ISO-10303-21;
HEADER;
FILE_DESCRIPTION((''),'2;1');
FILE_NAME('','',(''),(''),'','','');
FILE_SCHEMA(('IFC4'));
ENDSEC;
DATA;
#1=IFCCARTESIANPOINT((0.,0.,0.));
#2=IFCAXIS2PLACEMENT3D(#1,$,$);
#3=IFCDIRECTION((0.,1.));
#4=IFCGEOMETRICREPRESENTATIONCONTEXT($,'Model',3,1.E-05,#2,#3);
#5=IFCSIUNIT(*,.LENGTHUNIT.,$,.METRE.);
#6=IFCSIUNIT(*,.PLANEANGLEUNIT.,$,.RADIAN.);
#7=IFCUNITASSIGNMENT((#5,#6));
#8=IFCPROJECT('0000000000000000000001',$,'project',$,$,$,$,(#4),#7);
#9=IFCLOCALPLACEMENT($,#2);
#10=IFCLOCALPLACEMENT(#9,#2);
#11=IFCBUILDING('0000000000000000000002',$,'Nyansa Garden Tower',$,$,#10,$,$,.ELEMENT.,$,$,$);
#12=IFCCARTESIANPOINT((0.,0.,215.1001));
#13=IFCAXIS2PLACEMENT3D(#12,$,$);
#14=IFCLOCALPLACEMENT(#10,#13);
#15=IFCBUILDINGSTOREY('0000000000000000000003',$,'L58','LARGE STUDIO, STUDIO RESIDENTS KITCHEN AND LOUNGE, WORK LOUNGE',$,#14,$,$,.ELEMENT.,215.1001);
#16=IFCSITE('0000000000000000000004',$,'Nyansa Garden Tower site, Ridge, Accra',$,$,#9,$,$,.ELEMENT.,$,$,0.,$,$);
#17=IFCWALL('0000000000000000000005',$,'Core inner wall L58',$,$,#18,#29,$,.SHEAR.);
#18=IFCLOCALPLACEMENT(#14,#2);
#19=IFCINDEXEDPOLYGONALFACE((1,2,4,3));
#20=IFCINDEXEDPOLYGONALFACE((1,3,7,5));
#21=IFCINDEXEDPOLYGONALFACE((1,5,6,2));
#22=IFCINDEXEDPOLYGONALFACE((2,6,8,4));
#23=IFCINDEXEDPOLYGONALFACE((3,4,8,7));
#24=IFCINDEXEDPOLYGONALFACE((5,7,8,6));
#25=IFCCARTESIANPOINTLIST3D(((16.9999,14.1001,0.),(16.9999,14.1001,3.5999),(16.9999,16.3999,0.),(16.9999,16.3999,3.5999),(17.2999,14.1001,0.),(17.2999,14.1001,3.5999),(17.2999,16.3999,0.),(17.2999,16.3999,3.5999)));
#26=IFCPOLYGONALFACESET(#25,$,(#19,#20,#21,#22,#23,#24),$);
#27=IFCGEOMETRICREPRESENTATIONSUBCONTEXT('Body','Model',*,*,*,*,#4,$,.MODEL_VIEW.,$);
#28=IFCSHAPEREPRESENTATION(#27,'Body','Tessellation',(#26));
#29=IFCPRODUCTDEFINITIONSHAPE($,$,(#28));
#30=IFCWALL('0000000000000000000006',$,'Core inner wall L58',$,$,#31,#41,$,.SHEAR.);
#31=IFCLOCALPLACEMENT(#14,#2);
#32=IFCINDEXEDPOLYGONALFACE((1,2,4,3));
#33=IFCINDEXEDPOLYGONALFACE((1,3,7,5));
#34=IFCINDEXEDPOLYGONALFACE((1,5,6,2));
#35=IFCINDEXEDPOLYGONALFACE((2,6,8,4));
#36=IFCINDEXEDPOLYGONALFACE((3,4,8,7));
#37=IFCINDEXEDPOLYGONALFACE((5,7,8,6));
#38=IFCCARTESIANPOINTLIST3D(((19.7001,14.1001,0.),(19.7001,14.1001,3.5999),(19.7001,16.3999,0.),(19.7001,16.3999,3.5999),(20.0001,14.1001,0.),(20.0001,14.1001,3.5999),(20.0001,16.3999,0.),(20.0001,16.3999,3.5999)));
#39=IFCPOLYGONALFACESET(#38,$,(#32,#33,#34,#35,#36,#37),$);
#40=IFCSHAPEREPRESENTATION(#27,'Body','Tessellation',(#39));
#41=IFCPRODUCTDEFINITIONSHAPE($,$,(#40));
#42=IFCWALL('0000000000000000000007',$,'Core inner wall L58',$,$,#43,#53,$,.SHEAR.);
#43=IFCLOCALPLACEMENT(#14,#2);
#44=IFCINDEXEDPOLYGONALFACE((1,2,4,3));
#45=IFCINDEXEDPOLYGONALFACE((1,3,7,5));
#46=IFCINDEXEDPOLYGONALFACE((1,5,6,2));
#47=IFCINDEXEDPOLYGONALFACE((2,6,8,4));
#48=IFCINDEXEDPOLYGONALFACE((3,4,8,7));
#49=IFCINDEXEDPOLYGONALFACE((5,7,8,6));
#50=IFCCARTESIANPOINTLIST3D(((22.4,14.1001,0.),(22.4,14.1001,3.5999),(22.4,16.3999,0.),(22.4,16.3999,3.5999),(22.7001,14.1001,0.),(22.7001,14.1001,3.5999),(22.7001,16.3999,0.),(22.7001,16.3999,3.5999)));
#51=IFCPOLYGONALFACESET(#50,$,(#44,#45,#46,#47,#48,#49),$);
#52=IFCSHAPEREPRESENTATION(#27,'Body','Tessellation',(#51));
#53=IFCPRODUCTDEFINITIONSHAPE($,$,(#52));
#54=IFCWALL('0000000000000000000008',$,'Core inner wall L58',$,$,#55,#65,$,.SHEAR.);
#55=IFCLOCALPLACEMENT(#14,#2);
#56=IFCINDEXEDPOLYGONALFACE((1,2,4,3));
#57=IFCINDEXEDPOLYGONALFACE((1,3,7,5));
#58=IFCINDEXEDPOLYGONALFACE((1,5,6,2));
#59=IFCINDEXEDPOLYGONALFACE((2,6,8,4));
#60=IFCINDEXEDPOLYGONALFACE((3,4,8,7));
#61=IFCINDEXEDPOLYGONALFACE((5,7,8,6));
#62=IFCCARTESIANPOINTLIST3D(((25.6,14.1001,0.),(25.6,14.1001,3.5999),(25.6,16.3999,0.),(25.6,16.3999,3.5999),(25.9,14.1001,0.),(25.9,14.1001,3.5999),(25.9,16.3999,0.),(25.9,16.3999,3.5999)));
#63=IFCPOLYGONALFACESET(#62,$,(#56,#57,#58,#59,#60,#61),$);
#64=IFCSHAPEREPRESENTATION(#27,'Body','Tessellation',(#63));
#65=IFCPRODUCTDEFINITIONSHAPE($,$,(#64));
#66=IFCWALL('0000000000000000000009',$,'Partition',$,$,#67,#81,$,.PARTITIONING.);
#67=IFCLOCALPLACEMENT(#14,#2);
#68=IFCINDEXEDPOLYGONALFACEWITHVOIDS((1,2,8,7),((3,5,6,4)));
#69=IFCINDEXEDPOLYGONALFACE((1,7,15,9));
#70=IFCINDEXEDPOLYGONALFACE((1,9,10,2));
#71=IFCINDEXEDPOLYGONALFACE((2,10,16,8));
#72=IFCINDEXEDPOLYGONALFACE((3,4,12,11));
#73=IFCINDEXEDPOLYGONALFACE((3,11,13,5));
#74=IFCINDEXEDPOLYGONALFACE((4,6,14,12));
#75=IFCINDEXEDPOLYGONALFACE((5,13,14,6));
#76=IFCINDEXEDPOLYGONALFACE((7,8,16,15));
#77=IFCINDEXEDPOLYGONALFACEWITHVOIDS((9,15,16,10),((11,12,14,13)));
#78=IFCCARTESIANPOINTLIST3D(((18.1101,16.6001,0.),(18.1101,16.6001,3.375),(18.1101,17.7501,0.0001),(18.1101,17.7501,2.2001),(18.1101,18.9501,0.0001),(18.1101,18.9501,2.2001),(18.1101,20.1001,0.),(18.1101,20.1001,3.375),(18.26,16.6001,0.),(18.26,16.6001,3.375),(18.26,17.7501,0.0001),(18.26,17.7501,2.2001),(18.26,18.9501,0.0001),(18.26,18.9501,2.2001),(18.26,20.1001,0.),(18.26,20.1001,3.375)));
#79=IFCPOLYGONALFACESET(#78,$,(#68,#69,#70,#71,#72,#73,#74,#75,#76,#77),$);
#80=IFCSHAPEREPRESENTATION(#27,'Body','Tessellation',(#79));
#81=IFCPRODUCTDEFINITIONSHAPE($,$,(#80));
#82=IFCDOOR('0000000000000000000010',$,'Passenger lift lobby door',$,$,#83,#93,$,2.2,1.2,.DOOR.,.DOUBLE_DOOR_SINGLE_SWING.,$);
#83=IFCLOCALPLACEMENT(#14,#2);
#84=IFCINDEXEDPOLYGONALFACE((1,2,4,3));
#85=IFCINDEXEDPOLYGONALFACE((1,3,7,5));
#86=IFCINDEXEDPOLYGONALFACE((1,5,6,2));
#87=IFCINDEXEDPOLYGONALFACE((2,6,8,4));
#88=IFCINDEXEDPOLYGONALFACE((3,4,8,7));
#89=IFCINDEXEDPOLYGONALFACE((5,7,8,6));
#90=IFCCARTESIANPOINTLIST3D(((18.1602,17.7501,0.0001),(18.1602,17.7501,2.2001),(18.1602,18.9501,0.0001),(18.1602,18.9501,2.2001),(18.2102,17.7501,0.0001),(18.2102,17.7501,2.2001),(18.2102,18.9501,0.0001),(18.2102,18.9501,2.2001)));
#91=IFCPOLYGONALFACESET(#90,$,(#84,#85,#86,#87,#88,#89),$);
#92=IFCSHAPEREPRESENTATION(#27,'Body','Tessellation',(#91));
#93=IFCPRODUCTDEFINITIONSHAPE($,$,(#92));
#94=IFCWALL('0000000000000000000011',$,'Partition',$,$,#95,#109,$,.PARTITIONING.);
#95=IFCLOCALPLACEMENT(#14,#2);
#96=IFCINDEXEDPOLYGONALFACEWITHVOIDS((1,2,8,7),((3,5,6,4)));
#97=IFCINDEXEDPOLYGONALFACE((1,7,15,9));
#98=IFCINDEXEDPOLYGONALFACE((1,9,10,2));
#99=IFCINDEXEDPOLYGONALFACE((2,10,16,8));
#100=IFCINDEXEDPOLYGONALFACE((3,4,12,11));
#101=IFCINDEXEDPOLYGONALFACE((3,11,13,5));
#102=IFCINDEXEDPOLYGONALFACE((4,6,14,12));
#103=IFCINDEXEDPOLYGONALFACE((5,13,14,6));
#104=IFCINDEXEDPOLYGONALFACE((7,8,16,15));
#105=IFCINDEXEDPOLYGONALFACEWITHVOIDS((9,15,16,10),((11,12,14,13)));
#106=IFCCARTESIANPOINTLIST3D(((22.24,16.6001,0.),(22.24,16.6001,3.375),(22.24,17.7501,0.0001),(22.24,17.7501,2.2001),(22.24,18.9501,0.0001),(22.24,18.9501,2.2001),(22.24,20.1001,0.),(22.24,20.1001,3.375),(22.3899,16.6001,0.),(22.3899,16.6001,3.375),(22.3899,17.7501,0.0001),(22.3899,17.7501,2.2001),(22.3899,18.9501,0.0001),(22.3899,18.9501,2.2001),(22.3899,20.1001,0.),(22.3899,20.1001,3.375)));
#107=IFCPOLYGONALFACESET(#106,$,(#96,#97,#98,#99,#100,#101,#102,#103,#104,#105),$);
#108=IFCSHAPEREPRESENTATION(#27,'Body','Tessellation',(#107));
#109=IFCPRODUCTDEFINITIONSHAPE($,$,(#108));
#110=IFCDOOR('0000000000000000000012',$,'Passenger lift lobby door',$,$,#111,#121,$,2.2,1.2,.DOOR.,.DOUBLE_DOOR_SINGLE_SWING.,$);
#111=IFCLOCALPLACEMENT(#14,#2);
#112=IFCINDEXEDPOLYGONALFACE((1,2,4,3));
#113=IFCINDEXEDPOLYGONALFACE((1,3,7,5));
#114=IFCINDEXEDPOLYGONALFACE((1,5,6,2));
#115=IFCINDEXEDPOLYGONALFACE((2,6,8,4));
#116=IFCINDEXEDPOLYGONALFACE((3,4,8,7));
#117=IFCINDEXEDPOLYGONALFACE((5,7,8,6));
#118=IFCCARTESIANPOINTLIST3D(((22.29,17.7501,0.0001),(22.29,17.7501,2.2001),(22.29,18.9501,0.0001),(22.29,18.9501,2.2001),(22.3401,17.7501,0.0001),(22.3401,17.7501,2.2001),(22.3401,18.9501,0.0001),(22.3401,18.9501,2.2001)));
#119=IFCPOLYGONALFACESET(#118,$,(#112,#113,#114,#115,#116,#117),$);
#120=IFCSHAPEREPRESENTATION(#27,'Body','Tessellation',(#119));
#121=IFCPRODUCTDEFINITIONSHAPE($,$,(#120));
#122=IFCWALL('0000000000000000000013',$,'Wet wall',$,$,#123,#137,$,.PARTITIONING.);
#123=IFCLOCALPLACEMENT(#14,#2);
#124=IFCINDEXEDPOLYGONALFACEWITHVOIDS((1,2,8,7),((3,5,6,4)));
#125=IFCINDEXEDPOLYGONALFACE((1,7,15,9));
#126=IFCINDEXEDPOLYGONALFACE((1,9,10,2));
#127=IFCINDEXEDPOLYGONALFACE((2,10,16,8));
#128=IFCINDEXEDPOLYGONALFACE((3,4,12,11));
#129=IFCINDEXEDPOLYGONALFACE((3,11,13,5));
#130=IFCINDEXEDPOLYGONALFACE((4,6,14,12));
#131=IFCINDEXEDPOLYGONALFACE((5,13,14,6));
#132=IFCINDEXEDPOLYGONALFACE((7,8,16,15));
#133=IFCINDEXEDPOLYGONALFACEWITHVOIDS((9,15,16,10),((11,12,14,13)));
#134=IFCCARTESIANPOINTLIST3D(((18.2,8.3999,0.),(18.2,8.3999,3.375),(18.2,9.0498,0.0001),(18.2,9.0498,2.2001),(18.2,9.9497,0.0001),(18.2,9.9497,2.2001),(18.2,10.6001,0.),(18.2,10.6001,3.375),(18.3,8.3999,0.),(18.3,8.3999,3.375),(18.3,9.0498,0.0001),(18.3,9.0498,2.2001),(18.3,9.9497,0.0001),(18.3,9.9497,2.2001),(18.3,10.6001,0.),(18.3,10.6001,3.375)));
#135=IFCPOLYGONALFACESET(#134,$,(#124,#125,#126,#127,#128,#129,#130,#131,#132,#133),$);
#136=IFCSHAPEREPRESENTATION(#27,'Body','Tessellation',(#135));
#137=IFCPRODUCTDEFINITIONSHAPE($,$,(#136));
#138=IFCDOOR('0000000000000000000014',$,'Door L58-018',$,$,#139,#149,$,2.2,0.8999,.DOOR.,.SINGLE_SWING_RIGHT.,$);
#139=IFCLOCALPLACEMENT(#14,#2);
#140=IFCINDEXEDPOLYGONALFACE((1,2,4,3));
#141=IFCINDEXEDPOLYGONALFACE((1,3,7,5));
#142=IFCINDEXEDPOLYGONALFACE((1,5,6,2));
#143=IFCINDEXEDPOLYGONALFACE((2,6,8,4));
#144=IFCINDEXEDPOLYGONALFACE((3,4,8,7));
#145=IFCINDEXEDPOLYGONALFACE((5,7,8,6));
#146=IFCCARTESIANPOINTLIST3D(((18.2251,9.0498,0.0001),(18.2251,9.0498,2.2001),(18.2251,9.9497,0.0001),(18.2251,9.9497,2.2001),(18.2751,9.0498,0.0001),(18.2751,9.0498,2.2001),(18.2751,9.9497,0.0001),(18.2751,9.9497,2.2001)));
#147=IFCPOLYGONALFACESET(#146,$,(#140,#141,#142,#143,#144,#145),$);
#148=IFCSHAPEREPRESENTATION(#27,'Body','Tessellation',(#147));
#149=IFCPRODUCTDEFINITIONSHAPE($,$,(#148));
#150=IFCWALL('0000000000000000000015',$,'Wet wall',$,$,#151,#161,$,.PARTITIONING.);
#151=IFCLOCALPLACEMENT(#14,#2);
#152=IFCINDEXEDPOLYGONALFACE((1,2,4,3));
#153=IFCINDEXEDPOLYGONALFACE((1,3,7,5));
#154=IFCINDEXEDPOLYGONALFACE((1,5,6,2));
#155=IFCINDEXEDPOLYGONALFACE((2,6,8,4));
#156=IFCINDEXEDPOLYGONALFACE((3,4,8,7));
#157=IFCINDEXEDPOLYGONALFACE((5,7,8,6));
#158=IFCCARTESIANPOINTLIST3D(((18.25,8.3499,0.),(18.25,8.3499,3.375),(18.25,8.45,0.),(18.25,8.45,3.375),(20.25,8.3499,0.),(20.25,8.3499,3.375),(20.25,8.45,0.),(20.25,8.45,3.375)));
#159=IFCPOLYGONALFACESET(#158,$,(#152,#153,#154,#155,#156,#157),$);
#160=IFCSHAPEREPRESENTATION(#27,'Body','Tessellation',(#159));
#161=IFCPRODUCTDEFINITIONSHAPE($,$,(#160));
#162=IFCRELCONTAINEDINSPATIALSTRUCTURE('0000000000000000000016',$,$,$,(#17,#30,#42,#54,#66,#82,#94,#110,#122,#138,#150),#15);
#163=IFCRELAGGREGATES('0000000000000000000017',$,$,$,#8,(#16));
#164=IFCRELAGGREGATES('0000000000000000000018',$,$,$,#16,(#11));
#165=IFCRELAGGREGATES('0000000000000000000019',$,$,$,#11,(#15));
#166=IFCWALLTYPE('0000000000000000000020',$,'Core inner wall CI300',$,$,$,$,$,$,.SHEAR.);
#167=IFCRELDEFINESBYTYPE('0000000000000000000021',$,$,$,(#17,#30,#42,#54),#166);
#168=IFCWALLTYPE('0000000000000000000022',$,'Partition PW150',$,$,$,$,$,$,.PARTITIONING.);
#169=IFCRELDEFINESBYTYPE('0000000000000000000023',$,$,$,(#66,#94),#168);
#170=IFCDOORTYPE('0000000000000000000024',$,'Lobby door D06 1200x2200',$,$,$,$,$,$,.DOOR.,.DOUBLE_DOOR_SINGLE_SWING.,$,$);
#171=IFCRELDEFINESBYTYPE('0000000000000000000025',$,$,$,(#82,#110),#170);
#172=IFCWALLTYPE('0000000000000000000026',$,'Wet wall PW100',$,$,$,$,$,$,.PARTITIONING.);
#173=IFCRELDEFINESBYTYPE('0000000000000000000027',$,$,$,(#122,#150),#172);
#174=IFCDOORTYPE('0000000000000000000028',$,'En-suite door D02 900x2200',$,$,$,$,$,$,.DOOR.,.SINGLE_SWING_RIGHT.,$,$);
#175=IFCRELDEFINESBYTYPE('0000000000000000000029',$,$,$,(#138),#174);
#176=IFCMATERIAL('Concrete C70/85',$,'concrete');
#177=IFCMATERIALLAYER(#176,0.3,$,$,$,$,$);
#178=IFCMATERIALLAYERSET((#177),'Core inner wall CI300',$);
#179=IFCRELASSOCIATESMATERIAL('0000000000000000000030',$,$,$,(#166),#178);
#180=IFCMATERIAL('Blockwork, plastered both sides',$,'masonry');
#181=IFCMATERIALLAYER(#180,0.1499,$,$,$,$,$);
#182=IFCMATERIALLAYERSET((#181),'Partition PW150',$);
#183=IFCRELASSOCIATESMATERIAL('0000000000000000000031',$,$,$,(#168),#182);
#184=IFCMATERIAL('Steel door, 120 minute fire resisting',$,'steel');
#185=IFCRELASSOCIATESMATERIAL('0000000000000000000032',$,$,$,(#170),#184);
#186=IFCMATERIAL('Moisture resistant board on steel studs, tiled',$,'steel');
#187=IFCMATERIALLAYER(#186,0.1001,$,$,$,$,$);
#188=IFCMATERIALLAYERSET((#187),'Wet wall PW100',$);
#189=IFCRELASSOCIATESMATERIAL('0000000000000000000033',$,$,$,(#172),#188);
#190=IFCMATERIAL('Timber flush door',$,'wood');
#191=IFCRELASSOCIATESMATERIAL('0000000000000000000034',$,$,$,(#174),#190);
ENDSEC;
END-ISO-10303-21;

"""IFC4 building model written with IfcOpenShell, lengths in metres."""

from ifc_helpers import new_model, si_unit, direction, frame, frame_2d, origin, place, context, subcontext, project, spatial, rectangle, extrude, material, layer, layer_set, type_object, element, fill, save


model = new_model("IFC4")

# Units and contexts
model_context = context("Model", 3, precision=1e-05, world=origin(), true_north=direction((0.0, 1.0)))
body_context = subcontext(model_context, "Body", "Model", "MODEL_VIEW")
ifc_project = project(units=[si_unit("LENGTHUNIT", "METRE"), si_unit("PLANEANGLEUNIT", "RADIAN")], contexts=[model_context])

# Site, building, storey
site_placement = place(None, origin())
site = spatial("IfcSite", under=ifc_project, at=site_placement, Name="Nyansa Garden Tower site, Ridge, Accra", CompositionType="ELEMENT", RefElevation=0.0)
building_placement = place(site_placement, origin())
building = spatial("IfcBuilding", under=site, at=building_placement, Name="Nyansa Garden Tower", CompositionType="ELEMENT")
storey_placement = place(building_placement, frame((0.0, 0.0, 215.1001)))
storey = spatial("IfcBuildingStorey", under=building, at=storey_placement, Name="L58", Description="LARGE STUDIO, STUDIO RESIDENTS KITCHEN AND LOUNGE, WORK LOUNGE", CompositionType="ELEMENT", Elevation=215.1001)

# Walls
ifc_material_1 = material(Name="Concrete C70/85", Category="concrete")
ifc_layer_1 = layer(ifc_material_1, 0.3)
ifc_layer_set_1 = layer_set([ifc_layer_1], Name="Core inner wall CI300")
wall_type_1 = type_object("IfcWallType", Name="Core inner wall CI300", PredefinedType="SHEAR", material=ifc_layer_set_1)
for number, where, z_axis, x_axis, name in (
    (1, (17.1499, 14.1001, 0.0), (0.0, 0.0, 1.0), (0.0, 1.0, 0.0), "Core inner wall L58"),
    (2, (19.8501, 14.1001, 0.0), (0.0, 0.0, 1.0), (0.0, 1.0, 0.0), "Core inner wall L58"),
    (3, (22.55, 14.1001, 0.0), (0.0, 0.0, 1.0), (0.0, 1.0, 0.0), "Core inner wall L58"),
    (4, (25.75, 14.1001, 0.0), (0.0, 0.0, 1.0), (0.0, 1.0, 0.0), "Core inner wall L58"),
):
    element("IfcWall", number, at=place(storey_placement, frame(where, z_axis=z_axis, x_axis=x_axis)), inside=storey, type_object=wall_type_1, Name=name, PredefinedType="SHEAR", context=body_context, shape_type="SweptSolid", body=[
        extrude(rectangle(XDim=2.2998, YDim=0.3, at=frame_2d((1.1499, 0.0))), origin(), (0.0, 0.0, 1.0), 3.5999),
    ])

# Walls, openings, doors
ifc_material_2 = material(Name="Blockwork, plastered both sides", Category="masonry")
ifc_layer_2 = layer(ifc_material_2, 0.1499)
ifc_layer_set_2 = layer_set([ifc_layer_2], Name="Partition PW150")
wall_type_2 = type_object("IfcWallType", Name="Partition PW150", PredefinedType="PARTITIONING", material=ifc_layer_set_2)
wall_1_placement = place(storey_placement, frame((18.1851, 16.6001, 0.0), z_axis=(0.0, 0.0, 1.0), x_axis=(0.0, 1.0, 0.0)))
wall_1 = element("IfcWall", 5, at=wall_1_placement, inside=storey, type_object=wall_type_2, Name="Partition", PredefinedType="PARTITIONING", context=body_context, shape_type="SweptSolid", body=[
    extrude(rectangle(XDim=3.5, YDim=0.1499, at=frame_2d((1.75, 0.0))), origin(), (0.0, 0.0, 1.0), 3.375),
])
opening_1_placement = place(wall_1_placement, frame((1.1499, 0.0, 0.0)))
opening_1 = element("IfcOpeningElement", 6, at=opening_1_placement, cuts=wall_1, PredefinedType="OPENING", context=body_context, shape_type="SweptSolid", body=[
    extrude(rectangle(XDim=1.2, YDim=2.2, at=frame_2d((0.6001, 1.1001))), frame((0.0, 0.085, 0.0), z_axis=(0.0, -1.0, 0.0), x_axis=(1.0, 0.0, 0.0)), (0.0, 0.0, 1.0), 0.1699),
])
ifc_material_3 = material(Name="Steel door, 120 minute fire resisting", Category="steel")
door_type_1 = type_object("IfcDoorType", Name="Lobby door D06 1200x2200", OperationType="DOUBLE_DOOR_SINGLE_SWING", PredefinedType="DOOR", material=ifc_material_3)
door_1_placement = place(opening_1_placement, origin())
door_1 = element("IfcDoor", 7, at=door_1_placement, inside=storey, type_object=door_type_1, Name="Passenger lift lobby door", OperationType="DOUBLE_DOOR_SINGLE_SWING", OverallHeight=2.2, OverallWidth=1.2, PredefinedType="DOOR", context=body_context, shape_type="SweptSolid", body=[
    extrude(rectangle(XDim=1.2, YDim=2.2, at=frame_2d((0.6001, 1.1001))), frame((0.0, 0.0249, 0.0), z_axis=(0.0, -1.0, 0.0), x_axis=(1.0, 0.0, 0.0)), (0.0, 0.0, 1.0), 0.05),
])
fill(opening_1, door_1)
wall_2_placement = place(storey_placement, frame((22.3149, 16.6001, 0.0), z_axis=(0.0, 0.0, 1.0), x_axis=(0.0, 1.0, 0.0)))
wall_2 = element("IfcWall", 8, at=wall_2_placement, inside=storey, type_object=wall_type_2, Name="Partition", PredefinedType="PARTITIONING", context=body_context, shape_type="SweptSolid", body=[
    extrude(rectangle(XDim=3.5, YDim=0.1499, at=frame_2d((1.75, 0.0))), origin(), (0.0, 0.0, 1.0), 3.375),
])
opening_2_placement = place(wall_2_placement, frame((1.1499, 0.0, 0.0)))
opening_2 = element("IfcOpeningElement", 9, at=opening_2_placement, cuts=wall_2, PredefinedType="OPENING", context=body_context, shape_type="SweptSolid", body=[
    extrude(rectangle(XDim=1.2, YDim=2.2, at=frame_2d((0.6001, 1.1001))), frame((0.0, 0.085, 0.0), z_axis=(0.0, -1.0, 0.0), x_axis=(1.0, 0.0, 0.0)), (0.0, 0.0, 1.0), 0.1699),
])
door_2_placement = place(opening_2_placement, origin())
door_2 = element("IfcDoor", 10, at=door_2_placement, inside=storey, type_object=door_type_1, Name="Passenger lift lobby door", OperationType="DOUBLE_DOOR_SINGLE_SWING", OverallHeight=2.2, OverallWidth=1.2, PredefinedType="DOOR", context=body_context, shape_type="SweptSolid", body=[
    extrude(rectangle(XDim=1.2, YDim=2.2, at=frame_2d((0.6001, 1.1001))), frame((0.0, 0.0249, 0.0), z_axis=(0.0, -1.0, 0.0), x_axis=(1.0, 0.0, 0.0)), (0.0, 0.0, 1.0), 0.05),
])
fill(opening_2, door_2)
ifc_material_4 = material(Name="Moisture resistant board on steel studs, tiled", Category="steel")
ifc_layer_3 = layer(ifc_material_4, 0.1001)
ifc_layer_set_3 = layer_set([ifc_layer_3], Name="Wet wall PW100")
wall_type_3 = type_object("IfcWallType", Name="Wet wall PW100", PredefinedType="PARTITIONING", material=ifc_layer_set_3)
wall_3_placement = place(storey_placement, frame((18.25, 8.3999, 0.0), z_axis=(0.0, 0.0, 1.0), x_axis=(0.0, 1.0, 0.0)))
wall_3 = element("IfcWall", 11, at=wall_3_placement, inside=storey, type_object=wall_type_3, Name="Wet wall", PredefinedType="PARTITIONING", context=body_context, shape_type="SweptSolid", body=[
    extrude(rectangle(XDim=2.2002, YDim=0.1001, at=frame_2d((1.1001, 0.0))), origin(), (0.0, 0.0, 1.0), 3.375),
])
opening_3_placement = place(wall_3_placement, frame((0.6499, 0.0, 0.0)))
opening_3 = element("IfcOpeningElement", 12, at=opening_3_placement, cuts=wall_3, PredefinedType="OPENING", context=body_context, shape_type="SweptSolid", body=[
    extrude(rectangle(XDim=0.8999, YDim=2.2, at=frame_2d((0.45, 1.1001))), frame((0.0, 0.0601, 0.0), z_axis=(0.0, -1.0, 0.0), x_axis=(1.0, 0.0, 0.0)), (0.0, 0.0, 1.0), 0.1201),
])
ifc_material_5 = material(Name="Timber flush door", Category="wood")
door_type_2 = type_object("IfcDoorType", Name="En-suite door D02 900x2200", OperationType="SINGLE_SWING_RIGHT", PredefinedType="DOOR", material=ifc_material_5)
door_3_placement = place(opening_3_placement, origin())
door_3 = element("IfcDoor", 13, at=door_3_placement, inside=storey, type_object=door_type_2, Name="Door L58-018", OperationType="SINGLE_SWING_RIGHT", OverallHeight=2.2, OverallWidth=0.8999, PredefinedType="DOOR", context=body_context, shape_type="SweptSolid", body=[
    extrude(rectangle(XDim=0.8999, YDim=2.2, at=frame_2d((0.45, 1.1001))), frame((0.0, 0.0249, 0.0), z_axis=(0.0, -1.0, 0.0), x_axis=(1.0, 0.0, 0.0)), (0.0, 0.0, 1.0), 0.05),
])
fill(opening_3, door_3)

# Wall
wall_4_placement = place(storey_placement, frame((18.25, 8.3999, 0.0), z_axis=(0.0, 0.0, 1.0), x_axis=(1.0, 0.0, 0.0)))
element("IfcWall", 14, at=wall_4_placement, inside=storey, type_object=wall_type_3, Name="Wet wall", PredefinedType="PARTITIONING", context=body_context, shape_type="SweptSolid", body=[
    extrude(rectangle(XDim=2.0, YDim=0.1001, at=frame_2d((1.0, 0.0))), origin(), (0.0, 0.0, 1.0), 3.375),
])

save(model, "model.ifc")
